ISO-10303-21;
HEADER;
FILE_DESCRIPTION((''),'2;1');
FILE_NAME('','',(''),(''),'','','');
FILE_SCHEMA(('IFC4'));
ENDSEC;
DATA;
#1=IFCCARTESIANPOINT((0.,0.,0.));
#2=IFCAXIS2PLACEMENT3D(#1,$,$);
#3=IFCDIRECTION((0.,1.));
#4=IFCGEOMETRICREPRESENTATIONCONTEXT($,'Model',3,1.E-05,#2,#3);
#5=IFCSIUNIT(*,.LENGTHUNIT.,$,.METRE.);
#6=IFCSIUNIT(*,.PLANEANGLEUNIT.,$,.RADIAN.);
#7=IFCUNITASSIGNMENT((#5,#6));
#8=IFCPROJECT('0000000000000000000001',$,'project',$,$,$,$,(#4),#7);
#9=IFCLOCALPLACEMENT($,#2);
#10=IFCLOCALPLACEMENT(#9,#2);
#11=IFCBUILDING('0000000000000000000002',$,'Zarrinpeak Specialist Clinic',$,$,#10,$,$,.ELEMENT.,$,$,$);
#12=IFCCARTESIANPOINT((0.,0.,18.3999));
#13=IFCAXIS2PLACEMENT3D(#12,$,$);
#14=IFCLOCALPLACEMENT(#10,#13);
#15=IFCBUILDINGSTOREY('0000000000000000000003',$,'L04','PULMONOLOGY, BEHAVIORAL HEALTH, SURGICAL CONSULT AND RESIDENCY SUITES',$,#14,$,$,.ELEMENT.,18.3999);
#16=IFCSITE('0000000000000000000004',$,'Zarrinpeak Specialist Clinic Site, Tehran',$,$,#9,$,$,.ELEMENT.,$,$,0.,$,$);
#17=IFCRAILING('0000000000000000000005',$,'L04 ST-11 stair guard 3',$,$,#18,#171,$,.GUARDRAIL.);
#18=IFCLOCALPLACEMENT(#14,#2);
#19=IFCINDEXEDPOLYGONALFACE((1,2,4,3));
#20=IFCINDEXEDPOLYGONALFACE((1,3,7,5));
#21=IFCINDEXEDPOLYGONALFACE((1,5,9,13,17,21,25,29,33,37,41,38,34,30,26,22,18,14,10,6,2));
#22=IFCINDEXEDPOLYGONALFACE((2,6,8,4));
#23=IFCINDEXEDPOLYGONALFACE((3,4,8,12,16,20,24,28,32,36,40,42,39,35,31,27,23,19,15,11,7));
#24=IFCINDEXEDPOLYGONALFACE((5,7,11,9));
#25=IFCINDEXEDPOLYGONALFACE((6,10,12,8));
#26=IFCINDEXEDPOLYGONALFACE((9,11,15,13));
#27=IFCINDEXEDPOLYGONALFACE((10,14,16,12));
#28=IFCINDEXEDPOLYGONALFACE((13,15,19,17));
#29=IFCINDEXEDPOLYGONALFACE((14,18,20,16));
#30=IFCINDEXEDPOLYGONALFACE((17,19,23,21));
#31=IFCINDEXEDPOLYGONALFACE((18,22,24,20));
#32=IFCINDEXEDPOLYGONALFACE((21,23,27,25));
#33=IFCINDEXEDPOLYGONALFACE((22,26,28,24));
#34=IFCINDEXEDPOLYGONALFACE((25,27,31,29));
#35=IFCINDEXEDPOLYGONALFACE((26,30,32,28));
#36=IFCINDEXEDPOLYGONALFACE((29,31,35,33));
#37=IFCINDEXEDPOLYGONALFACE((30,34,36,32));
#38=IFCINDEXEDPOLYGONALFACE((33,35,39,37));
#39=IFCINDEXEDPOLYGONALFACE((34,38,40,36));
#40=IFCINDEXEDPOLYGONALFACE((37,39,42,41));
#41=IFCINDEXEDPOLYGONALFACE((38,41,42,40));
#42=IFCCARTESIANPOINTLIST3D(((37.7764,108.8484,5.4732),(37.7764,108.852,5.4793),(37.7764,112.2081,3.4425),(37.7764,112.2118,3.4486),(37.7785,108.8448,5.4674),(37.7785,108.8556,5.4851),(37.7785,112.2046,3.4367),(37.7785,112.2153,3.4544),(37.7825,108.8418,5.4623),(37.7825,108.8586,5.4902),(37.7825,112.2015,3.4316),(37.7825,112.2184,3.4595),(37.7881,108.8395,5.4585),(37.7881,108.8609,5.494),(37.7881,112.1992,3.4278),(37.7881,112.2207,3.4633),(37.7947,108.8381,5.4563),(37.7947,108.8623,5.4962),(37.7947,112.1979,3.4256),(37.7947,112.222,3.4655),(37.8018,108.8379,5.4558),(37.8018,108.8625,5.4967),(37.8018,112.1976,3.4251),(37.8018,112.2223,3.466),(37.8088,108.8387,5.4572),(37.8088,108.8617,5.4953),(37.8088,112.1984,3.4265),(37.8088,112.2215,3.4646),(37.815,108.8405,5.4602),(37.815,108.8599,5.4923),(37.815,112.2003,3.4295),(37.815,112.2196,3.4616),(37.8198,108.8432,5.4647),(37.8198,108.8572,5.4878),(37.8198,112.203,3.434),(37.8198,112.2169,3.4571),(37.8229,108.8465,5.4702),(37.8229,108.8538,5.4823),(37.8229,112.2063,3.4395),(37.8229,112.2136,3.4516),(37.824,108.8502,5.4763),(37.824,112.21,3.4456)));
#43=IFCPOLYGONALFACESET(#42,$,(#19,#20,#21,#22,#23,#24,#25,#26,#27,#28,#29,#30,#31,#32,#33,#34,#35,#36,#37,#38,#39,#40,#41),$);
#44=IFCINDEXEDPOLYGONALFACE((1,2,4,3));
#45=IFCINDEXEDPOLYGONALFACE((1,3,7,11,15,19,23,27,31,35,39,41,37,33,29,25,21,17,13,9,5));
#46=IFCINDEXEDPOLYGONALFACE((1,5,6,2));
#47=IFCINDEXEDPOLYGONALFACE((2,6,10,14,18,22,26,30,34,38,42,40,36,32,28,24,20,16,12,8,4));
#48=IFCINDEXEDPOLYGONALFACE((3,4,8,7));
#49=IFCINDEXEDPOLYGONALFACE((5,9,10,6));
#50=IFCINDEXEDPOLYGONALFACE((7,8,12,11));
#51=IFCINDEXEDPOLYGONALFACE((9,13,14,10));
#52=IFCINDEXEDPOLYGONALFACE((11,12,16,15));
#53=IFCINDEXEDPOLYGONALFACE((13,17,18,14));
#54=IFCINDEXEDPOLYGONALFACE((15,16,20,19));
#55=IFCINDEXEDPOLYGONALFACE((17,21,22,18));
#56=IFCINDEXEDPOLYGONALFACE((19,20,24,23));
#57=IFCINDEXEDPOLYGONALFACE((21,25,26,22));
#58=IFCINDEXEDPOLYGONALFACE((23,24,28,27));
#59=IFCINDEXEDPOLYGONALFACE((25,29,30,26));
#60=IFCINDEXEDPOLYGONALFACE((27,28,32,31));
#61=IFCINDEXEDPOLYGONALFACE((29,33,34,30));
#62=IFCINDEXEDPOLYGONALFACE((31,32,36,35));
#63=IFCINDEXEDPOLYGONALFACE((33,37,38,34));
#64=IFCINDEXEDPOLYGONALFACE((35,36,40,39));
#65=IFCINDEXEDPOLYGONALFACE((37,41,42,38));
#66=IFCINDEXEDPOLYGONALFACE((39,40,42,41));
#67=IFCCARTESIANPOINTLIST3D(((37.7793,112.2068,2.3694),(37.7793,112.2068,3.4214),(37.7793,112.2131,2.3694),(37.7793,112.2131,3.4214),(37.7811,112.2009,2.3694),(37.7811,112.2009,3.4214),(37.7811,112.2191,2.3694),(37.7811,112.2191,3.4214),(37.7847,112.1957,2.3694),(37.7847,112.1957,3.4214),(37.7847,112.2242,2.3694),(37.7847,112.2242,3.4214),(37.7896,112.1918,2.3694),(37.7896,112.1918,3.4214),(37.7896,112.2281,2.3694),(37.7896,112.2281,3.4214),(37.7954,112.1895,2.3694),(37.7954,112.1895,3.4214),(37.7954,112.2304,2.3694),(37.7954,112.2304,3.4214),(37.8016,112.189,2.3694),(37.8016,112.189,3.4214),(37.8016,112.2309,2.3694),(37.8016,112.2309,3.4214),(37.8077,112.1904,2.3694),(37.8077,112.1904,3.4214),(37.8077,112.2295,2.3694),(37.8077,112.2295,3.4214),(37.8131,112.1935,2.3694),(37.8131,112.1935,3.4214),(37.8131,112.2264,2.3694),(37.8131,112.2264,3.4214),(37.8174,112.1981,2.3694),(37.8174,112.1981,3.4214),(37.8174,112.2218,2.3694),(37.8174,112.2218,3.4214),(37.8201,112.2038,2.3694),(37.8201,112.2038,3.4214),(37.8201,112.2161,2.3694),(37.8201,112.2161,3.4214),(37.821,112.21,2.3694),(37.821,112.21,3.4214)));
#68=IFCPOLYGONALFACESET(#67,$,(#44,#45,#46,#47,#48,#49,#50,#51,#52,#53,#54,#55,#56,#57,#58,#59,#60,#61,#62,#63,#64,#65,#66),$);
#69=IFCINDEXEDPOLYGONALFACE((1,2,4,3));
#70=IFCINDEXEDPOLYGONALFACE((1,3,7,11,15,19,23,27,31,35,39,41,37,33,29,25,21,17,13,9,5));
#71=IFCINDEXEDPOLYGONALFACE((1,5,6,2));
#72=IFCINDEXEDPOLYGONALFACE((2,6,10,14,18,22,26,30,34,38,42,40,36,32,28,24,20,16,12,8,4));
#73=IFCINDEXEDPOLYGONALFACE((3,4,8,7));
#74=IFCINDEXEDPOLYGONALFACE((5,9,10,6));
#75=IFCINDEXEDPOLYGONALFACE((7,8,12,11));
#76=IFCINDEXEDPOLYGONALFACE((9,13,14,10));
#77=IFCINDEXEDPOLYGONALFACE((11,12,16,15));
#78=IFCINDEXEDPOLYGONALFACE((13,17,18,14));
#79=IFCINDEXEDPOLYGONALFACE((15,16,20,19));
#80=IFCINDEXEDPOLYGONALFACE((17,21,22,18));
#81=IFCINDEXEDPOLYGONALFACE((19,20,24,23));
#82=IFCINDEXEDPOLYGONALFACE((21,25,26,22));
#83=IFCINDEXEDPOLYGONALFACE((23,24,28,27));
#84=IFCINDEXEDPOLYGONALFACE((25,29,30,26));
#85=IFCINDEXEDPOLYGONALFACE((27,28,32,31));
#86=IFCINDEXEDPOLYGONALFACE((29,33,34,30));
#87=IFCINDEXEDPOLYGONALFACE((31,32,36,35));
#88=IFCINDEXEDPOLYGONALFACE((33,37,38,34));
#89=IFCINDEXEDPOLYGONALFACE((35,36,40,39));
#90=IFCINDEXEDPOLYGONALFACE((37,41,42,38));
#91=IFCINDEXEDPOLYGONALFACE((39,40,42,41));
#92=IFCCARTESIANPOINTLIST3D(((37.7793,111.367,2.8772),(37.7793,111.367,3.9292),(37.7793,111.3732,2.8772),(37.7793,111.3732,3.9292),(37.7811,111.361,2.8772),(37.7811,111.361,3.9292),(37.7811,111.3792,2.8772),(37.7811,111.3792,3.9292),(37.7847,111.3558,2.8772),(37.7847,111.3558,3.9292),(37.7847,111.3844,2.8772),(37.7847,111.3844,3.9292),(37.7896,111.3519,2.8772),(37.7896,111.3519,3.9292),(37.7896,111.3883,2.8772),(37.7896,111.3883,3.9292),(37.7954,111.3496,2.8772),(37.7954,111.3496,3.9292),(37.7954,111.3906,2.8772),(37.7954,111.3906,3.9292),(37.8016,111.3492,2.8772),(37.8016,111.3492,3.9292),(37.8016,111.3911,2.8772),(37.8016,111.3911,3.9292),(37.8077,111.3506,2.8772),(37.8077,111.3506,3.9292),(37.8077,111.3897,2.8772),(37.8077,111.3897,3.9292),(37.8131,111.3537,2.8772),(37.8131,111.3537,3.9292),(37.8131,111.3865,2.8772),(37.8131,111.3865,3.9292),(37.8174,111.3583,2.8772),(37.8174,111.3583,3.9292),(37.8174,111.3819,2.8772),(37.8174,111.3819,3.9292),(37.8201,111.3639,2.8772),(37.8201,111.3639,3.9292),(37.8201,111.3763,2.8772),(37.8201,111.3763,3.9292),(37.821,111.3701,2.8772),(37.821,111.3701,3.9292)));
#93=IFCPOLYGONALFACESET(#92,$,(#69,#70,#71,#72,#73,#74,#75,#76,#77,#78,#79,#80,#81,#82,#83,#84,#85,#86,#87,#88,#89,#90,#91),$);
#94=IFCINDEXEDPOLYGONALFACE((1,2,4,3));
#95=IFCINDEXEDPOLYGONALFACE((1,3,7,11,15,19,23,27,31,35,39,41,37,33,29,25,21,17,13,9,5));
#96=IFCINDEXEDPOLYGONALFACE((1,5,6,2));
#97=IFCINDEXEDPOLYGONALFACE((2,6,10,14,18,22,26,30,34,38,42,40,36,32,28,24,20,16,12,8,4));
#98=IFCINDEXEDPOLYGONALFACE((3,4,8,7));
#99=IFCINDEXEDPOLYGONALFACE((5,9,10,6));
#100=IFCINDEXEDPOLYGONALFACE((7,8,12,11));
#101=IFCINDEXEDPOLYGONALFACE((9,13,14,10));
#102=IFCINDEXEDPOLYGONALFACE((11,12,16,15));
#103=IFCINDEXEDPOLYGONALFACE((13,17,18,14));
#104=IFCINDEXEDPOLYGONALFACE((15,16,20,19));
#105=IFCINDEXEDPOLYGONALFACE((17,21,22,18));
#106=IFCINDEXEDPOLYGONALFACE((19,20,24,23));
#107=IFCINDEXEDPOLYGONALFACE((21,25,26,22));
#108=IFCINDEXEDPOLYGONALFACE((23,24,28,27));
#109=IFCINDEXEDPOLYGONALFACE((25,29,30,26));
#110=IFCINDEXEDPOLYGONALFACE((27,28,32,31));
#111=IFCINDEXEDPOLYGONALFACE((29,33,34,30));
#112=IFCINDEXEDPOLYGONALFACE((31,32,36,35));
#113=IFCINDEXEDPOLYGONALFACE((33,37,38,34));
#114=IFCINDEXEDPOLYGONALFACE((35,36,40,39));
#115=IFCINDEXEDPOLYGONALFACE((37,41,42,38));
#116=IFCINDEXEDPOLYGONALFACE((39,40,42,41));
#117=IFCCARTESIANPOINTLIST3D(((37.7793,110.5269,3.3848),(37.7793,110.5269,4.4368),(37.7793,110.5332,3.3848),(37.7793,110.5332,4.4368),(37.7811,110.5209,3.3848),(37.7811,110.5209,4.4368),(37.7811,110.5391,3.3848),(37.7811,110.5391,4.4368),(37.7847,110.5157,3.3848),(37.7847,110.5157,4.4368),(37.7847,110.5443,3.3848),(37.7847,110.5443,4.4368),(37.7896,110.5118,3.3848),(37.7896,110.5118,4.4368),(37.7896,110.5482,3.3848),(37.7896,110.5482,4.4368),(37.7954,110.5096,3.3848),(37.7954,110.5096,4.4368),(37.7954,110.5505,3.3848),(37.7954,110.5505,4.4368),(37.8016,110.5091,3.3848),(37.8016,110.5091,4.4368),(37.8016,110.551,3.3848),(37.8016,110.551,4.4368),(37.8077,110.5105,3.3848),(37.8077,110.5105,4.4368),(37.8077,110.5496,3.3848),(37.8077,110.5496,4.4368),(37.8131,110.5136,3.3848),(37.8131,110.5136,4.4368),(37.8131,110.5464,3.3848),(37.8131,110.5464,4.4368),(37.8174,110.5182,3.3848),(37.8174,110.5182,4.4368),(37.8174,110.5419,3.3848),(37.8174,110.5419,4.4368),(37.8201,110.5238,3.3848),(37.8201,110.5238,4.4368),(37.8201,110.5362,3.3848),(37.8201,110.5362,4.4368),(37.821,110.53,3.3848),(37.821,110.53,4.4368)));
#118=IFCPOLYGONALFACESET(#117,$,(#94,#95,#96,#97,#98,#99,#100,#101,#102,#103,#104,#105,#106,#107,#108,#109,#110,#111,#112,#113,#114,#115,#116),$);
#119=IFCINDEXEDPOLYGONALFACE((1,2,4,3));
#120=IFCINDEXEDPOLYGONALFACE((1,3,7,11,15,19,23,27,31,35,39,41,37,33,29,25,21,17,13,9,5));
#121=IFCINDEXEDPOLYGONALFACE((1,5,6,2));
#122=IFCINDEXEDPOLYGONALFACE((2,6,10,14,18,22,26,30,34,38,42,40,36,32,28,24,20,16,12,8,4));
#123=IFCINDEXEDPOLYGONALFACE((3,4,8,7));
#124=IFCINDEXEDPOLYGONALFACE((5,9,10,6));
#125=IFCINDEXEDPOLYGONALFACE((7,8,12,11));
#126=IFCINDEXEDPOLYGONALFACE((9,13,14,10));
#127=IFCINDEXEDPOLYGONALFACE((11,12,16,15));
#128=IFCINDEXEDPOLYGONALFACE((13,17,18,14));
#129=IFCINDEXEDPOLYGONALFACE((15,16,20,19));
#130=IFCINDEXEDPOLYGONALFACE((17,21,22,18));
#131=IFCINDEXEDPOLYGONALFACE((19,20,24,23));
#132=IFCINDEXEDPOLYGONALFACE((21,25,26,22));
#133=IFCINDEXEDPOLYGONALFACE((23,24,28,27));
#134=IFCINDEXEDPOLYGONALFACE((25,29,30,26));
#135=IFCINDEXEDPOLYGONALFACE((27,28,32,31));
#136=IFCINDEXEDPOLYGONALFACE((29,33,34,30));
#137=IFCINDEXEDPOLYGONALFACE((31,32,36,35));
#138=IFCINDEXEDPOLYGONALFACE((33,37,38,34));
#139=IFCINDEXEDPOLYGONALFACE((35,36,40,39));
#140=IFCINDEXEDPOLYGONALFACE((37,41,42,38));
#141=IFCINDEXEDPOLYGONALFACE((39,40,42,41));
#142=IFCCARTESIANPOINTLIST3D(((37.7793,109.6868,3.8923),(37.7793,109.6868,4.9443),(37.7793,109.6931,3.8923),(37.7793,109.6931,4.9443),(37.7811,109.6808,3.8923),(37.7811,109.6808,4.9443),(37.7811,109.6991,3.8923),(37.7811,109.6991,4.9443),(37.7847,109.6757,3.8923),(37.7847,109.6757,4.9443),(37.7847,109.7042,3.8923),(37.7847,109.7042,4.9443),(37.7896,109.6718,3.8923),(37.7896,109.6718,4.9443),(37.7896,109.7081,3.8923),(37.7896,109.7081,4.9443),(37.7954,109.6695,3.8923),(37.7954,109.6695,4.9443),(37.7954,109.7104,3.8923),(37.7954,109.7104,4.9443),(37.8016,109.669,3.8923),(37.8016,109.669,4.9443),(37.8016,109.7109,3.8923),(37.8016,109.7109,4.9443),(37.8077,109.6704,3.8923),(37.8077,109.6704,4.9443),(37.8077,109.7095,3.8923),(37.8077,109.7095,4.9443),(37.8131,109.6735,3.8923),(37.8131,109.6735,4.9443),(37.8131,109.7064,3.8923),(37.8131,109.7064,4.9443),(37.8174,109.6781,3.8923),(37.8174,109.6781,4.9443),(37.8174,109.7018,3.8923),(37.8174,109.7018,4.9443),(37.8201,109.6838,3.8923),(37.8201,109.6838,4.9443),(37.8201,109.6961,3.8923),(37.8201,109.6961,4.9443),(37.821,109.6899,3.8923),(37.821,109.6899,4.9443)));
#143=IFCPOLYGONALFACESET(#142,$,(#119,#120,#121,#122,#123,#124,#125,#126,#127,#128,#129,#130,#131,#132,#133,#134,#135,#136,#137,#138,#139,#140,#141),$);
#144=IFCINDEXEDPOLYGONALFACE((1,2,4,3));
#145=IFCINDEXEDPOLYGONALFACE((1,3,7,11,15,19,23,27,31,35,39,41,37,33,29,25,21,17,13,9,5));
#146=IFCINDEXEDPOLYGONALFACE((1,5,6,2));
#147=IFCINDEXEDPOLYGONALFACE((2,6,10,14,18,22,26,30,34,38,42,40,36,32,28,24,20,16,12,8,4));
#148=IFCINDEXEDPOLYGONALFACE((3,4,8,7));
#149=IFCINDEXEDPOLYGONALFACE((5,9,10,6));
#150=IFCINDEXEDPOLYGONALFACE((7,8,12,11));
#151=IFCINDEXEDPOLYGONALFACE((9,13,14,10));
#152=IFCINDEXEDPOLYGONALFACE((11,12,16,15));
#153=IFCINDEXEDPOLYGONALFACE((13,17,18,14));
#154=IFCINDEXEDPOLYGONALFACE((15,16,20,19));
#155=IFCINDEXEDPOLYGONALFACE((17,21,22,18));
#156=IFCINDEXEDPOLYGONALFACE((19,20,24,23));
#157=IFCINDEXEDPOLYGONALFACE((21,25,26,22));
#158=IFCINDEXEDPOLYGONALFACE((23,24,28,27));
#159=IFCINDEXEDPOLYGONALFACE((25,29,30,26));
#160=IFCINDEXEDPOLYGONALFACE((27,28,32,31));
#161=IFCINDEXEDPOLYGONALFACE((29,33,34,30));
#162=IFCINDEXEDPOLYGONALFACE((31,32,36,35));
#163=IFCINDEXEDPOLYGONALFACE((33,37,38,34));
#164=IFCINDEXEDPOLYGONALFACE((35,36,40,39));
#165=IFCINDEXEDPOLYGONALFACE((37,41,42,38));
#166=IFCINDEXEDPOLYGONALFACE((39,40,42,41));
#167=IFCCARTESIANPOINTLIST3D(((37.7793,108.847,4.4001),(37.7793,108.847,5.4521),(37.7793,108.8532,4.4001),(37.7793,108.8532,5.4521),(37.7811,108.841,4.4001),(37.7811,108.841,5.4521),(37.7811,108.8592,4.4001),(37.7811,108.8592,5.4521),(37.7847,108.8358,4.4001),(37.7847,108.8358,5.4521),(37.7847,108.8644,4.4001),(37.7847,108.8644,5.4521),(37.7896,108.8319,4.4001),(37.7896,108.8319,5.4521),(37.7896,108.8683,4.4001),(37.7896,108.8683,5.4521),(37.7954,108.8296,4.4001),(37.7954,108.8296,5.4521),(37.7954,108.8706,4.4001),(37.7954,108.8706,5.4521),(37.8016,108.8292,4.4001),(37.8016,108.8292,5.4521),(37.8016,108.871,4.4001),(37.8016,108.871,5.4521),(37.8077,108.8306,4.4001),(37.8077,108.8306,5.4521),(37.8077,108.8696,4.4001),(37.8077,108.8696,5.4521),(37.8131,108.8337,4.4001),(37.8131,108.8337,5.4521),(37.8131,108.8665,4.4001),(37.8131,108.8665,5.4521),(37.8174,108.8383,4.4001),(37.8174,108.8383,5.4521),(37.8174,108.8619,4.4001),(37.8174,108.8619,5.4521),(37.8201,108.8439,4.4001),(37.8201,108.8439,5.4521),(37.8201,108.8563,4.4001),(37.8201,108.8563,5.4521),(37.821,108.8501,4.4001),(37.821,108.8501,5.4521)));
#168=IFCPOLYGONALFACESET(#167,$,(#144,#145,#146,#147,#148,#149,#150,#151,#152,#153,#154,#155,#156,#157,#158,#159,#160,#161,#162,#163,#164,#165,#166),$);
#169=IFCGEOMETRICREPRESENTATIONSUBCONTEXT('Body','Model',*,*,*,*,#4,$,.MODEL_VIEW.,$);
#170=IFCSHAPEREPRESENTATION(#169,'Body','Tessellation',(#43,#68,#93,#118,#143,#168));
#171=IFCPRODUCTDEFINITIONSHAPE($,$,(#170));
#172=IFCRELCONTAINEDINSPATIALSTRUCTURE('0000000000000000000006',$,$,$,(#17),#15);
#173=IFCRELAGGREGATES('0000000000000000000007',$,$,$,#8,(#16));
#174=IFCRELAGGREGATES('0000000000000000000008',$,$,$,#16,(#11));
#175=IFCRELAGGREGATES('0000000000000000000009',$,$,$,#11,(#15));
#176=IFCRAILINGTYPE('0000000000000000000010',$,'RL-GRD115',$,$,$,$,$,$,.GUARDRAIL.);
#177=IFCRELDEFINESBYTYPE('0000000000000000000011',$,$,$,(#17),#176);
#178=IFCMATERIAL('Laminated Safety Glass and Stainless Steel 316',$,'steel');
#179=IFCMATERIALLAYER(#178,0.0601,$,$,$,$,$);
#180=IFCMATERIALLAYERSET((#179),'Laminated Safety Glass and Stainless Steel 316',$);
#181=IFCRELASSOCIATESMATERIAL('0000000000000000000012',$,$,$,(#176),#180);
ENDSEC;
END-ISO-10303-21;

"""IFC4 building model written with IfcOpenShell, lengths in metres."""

from ifc_helpers import new_model, si_unit, direction, frame, origin, origin_2d, place, context, subcontext, project, spatial, circle, extrude, material, layer, layer_set, type_object, element, save


model = new_model("IFC4")

# Units and contexts
model_context = context("Model", 3, precision=1e-05, world=origin(), true_north=direction((0.0, 1.0)))
body_context = subcontext(model_context, "Body", "Model", "MODEL_VIEW")
ifc_project = project(units=[si_unit("LENGTHUNIT", "METRE"), si_unit("PLANEANGLEUNIT", "RADIAN")], contexts=[model_context])

# Site, building, storey
site_placement = place(None, origin())
site = spatial("IfcSite", under=ifc_project, at=site_placement, Name="Zarrinpeak Specialist Clinic Site, Tehran", CompositionType="ELEMENT", RefElevation=0.0)
building_placement = place(site_placement, origin())
building = spatial("IfcBuilding", under=site, at=building_placement, Name="Zarrinpeak Specialist Clinic", CompositionType="ELEMENT")
storey_placement = place(building_placement, frame((0.0, 0.0, 18.3999)))
storey = spatial("IfcBuildingStorey", under=building, at=storey_placement, Name="L04", Description="PULMONOLOGY, BEHAVIORAL HEALTH, SURGICAL CONSULT AND RESIDENCY SUITES", CompositionType="ELEMENT", Elevation=18.3999)

# Railing
ifc_material_1 = material(Name="Laminated Safety Glass and Stainless Steel 316", Category="steel")
ifc_layer_1 = layer(ifc_material_1, 0.0601)
ifc_layer_set_1 = layer_set([ifc_layer_1], Name="Laminated Safety Glass and Stainless Steel 316")
railing_type_1 = type_object("IfcRailingType", Name="RL-GRD115", PredefinedType="GUARDRAIL", material=ifc_layer_set_1)
railing_1_placement = place(storey_placement, frame((37.8, 112.21, 2.3694)))
element("IfcRailing", 1, at=railing_1_placement, inside=storey, type_object=railing_type_1, Name="L04 ST-11 stair guard 3", PredefinedType="GUARDRAIL", context=body_context, shape_type="SweptSolid", body=[
    extrude(circle(Radius=0.0239, at=origin_2d()), frame((0.0, 0.0, 1.0762), z_axis=(0.0, -0.85582, 0.517273), x_axis=(1.0, 0.0, 0.0)), (0.0, 0.0, 1.0), 3.9258),
    extrude(circle(Radius=0.021, at=origin_2d()), origin(), (0.0, 0.0, 1.0), 1.052),
    extrude(circle(Radius=0.021, at=origin_2d()), frame((0.0, -0.8398, 0.5078)), (0.0, 0.0, 1.0), 1.052),
    extrude(circle(Radius=0.021, at=origin_2d()), frame((0.0, -1.6799, 1.0154)), (0.0, 0.0, 1.0), 1.052),
    extrude(circle(Radius=0.021, at=origin_2d()), frame((0.0, -2.52, 1.5229)), (0.0, 0.0, 1.0), 1.052),
    extrude(circle(Radius=0.021, at=origin_2d()), frame((0.0, -3.3599, 2.0308)), (0.0, 0.0, 1.0), 1.052),
])

save(model, "model.ifc")
